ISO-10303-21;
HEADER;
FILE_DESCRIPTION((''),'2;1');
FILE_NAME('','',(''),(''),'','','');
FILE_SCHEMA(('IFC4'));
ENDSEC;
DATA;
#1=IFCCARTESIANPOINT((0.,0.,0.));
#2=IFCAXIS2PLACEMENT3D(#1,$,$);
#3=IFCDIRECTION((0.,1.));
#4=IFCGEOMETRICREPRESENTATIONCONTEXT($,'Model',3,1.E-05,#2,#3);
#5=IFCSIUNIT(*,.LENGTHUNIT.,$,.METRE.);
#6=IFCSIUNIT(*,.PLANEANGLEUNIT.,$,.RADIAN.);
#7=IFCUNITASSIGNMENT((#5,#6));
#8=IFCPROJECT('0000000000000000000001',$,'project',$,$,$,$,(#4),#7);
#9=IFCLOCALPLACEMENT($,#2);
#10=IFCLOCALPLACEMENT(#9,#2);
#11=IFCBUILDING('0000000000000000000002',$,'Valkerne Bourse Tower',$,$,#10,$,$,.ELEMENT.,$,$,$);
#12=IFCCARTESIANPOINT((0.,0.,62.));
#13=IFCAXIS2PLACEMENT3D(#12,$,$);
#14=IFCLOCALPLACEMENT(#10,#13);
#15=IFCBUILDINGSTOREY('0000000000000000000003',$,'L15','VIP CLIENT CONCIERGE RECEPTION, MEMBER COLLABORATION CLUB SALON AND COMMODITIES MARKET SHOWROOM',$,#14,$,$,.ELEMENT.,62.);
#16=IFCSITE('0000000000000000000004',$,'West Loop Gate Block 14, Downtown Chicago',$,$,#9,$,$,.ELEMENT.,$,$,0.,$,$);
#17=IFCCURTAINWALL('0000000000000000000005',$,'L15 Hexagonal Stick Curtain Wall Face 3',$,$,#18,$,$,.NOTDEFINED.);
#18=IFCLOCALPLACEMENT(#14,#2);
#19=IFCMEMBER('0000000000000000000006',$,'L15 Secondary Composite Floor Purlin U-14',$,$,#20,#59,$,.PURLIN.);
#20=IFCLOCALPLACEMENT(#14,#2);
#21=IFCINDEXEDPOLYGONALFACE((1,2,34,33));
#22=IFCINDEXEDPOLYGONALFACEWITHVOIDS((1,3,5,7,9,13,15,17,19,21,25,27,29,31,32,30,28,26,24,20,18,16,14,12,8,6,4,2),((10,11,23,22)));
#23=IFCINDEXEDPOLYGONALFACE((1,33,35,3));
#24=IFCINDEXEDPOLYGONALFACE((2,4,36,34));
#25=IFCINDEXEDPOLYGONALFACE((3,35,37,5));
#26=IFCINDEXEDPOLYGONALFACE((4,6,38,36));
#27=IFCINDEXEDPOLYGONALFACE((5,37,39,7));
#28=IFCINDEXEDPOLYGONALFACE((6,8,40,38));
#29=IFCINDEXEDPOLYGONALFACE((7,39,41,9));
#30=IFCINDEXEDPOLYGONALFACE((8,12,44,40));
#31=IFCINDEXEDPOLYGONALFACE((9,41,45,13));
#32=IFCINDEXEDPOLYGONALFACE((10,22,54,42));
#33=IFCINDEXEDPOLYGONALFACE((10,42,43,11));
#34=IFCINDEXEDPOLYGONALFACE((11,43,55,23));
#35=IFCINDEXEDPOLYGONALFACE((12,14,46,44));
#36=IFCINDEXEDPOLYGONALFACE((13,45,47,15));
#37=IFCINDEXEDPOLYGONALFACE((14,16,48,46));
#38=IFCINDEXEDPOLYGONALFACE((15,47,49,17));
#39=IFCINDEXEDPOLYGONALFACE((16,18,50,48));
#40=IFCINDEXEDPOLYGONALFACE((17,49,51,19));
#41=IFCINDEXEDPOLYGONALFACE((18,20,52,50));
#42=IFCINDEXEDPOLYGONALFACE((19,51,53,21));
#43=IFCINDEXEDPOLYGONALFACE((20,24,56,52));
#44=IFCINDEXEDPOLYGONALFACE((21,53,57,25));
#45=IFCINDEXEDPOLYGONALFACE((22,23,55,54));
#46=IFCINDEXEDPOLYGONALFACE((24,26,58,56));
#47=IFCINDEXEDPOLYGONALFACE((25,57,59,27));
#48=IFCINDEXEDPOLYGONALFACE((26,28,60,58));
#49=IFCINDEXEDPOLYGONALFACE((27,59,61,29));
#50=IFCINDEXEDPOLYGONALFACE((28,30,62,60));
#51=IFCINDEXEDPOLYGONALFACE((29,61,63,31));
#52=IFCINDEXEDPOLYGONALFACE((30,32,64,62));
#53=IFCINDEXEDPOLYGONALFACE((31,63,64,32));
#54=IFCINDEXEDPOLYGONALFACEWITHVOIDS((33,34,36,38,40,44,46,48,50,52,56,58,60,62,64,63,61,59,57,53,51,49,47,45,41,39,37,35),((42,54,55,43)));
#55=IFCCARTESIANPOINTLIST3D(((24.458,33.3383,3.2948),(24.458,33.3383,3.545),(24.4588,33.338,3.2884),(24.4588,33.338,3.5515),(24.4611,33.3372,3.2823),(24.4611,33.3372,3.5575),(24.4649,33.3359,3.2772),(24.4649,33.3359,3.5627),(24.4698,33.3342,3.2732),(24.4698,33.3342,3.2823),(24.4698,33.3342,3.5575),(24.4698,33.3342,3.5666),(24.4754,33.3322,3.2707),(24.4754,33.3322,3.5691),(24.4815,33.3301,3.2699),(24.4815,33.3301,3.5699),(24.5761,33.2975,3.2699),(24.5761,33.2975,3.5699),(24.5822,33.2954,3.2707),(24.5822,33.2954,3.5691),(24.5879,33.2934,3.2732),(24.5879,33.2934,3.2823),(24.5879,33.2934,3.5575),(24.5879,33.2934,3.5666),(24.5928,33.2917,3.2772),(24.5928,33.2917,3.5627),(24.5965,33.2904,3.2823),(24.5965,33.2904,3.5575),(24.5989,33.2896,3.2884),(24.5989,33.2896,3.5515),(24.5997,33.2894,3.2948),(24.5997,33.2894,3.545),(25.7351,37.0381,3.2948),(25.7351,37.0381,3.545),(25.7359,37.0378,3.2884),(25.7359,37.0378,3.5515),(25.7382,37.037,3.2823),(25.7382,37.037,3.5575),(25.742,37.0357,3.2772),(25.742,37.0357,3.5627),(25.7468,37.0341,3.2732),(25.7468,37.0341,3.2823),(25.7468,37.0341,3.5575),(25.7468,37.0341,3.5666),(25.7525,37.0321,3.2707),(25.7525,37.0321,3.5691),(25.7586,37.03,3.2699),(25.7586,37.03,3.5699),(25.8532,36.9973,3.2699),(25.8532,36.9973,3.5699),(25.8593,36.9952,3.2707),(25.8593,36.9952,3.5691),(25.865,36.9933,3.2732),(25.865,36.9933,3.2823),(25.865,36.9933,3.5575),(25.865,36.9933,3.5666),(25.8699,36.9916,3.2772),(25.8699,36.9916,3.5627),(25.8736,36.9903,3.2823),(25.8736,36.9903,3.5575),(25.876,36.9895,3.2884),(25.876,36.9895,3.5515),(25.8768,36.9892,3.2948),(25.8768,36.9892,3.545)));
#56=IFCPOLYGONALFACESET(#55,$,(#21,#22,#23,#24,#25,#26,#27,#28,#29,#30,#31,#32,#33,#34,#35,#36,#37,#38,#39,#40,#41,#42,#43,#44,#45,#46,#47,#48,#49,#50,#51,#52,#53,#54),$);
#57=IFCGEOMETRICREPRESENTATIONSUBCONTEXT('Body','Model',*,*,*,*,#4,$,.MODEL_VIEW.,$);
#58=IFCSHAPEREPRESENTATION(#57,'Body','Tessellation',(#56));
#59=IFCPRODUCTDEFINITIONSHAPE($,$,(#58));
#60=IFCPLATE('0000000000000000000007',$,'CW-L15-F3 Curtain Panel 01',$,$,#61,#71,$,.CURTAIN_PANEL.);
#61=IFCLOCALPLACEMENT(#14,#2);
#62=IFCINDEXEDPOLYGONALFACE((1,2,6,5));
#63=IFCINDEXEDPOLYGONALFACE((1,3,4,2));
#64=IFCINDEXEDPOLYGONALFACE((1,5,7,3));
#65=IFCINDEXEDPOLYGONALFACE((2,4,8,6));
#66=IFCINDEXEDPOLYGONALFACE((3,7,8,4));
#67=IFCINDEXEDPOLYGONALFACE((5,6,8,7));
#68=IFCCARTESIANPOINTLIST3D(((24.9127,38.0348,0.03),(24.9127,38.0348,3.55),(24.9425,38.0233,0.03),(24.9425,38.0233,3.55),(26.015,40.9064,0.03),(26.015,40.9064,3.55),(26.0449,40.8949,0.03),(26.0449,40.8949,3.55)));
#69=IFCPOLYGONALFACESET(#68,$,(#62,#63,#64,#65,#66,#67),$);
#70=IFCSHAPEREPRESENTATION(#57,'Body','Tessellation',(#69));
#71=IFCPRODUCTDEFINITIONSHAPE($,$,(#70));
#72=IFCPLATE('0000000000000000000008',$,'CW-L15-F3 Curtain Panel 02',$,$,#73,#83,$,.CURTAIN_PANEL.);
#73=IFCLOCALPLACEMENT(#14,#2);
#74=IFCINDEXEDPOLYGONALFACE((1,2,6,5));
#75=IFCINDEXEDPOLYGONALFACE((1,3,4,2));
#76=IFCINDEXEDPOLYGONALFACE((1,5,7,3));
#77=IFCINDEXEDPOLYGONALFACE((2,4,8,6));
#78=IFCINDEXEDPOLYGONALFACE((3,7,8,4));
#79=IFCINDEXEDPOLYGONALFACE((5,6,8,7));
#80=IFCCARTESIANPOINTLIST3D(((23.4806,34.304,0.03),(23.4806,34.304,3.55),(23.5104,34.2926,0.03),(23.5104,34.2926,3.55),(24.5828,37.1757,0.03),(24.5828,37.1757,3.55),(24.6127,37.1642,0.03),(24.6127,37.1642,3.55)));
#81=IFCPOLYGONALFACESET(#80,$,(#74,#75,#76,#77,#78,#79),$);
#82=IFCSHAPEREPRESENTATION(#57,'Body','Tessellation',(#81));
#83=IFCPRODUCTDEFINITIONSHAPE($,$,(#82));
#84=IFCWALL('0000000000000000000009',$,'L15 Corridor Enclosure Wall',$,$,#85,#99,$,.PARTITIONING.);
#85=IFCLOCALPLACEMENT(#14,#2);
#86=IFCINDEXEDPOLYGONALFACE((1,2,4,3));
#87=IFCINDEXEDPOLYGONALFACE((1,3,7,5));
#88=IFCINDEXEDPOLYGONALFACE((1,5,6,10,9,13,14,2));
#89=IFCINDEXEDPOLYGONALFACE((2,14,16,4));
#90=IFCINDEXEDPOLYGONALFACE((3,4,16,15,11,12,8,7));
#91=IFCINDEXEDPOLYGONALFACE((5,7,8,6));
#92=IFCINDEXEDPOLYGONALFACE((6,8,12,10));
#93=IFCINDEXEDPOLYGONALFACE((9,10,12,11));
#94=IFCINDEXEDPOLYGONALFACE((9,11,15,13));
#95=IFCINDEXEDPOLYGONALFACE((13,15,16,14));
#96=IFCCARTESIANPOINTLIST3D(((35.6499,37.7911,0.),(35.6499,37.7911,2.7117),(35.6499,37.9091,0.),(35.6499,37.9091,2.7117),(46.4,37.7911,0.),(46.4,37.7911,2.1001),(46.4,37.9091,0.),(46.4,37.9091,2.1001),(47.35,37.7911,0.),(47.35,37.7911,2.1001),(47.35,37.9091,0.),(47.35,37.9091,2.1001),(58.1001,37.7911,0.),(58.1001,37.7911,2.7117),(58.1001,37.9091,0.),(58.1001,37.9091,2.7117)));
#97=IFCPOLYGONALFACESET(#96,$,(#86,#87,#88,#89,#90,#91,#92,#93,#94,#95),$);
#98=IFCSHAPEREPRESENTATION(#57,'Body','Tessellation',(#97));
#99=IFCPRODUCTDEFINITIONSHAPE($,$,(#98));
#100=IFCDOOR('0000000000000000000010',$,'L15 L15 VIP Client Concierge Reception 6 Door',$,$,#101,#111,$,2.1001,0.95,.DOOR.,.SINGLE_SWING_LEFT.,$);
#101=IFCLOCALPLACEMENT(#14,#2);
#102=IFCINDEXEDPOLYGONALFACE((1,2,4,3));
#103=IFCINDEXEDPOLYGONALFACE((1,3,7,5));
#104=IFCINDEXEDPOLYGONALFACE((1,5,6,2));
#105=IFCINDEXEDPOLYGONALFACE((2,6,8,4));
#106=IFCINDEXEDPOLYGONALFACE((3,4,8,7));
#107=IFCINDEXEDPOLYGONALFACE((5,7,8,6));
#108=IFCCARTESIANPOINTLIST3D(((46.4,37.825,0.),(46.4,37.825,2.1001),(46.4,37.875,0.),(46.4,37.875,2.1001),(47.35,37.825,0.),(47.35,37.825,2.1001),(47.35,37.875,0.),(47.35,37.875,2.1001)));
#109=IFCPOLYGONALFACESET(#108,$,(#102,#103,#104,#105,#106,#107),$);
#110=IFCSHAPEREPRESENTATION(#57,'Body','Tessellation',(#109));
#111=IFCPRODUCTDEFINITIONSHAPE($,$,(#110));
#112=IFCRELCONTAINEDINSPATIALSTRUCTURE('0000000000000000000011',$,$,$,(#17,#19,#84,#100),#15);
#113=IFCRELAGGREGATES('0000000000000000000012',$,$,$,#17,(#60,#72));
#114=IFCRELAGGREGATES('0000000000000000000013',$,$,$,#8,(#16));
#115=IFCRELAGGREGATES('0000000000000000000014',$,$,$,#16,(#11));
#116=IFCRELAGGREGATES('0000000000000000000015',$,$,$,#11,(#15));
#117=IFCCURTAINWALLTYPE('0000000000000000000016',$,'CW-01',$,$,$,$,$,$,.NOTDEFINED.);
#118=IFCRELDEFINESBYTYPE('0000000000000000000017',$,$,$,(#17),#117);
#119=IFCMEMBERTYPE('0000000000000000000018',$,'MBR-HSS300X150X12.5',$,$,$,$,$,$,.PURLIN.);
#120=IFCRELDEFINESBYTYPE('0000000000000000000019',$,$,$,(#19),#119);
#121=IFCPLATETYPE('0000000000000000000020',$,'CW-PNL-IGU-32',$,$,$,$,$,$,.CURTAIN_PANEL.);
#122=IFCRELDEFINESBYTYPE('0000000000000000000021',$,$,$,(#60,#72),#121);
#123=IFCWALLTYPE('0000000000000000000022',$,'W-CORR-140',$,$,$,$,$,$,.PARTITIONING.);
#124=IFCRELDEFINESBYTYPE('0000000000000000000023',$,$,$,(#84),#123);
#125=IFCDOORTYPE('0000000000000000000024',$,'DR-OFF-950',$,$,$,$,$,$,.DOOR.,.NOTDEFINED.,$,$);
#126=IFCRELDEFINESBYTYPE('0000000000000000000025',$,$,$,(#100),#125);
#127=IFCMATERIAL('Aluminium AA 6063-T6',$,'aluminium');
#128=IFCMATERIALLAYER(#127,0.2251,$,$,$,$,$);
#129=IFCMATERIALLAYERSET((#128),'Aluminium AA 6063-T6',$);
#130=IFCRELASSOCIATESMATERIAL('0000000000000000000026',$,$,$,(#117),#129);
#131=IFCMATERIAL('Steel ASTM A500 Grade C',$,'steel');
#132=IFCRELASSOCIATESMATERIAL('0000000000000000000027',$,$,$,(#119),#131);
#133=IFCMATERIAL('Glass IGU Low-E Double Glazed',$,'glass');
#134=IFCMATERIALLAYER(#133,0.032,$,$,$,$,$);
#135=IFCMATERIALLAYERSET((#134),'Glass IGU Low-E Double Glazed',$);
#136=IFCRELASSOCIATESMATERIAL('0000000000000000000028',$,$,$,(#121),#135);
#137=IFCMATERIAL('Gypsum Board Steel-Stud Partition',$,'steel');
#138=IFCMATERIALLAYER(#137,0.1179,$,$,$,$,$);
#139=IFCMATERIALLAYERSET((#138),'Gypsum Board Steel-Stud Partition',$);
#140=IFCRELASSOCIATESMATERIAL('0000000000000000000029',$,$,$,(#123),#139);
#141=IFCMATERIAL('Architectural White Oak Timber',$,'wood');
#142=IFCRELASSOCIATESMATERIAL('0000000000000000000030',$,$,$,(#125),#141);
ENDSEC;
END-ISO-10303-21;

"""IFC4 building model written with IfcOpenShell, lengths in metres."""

from ifc_helpers import new_model, si_unit, direction, frame, frame_2d, origin, origin_2d, place, context, subcontext, project, spatial, rectangle, hollow_rectangle, extrude, material, layer, layer_set, material_profile, profile_set, type_object, element, fill, aggregate, save


model = new_model("IFC4")

# Units and contexts
model_context = context("Model", 3, precision=1e-05, world=origin(), true_north=direction((0.0, 1.0)))
body_context = subcontext(model_context, "Body", "Model", "MODEL_VIEW")
ifc_project = project(units=[si_unit("LENGTHUNIT", "METRE"), si_unit("PLANEANGLEUNIT", "RADIAN")], contexts=[model_context])

# Site, building, storey
site_placement = place(None, origin())
site = spatial("IfcSite", under=ifc_project, at=site_placement, Name="West Loop Gate Block 14, Downtown Chicago", CompositionType="ELEMENT", RefElevation=0.0)
building_placement = place(site_placement, origin())
building = spatial("IfcBuilding", under=site, at=building_placement, Name="Valkerne Bourse Tower", CompositionType="ELEMENT")
storey_placement = place(building_placement, frame((0.0, 0.0, 62.0)))
storey = spatial("IfcBuildingStorey", under=building, at=storey_placement, Name="L15", Description="VIP CLIENT CONCIERGE RECEPTION, MEMBER COLLABORATION CLUB SALON AND COMMODITIES MARKET SHOWROOM", CompositionType="ELEMENT", Elevation=62.0)

# Curtain wall
ifc_material_1 = material(Name="Aluminium AA 6063-T6", Category="aluminium")
ifc_layer_1 = layer(ifc_material_1, 0.2251)
ifc_layer_set_1 = layer_set([ifc_layer_1], Name="Aluminium AA 6063-T6")
curtain_wall_type = type_object("IfcCurtainWallType", Name="CW-01", PredefinedType="NOTDEFINED", material=ifc_layer_set_1)
curtain_wall_placement = place(storey_placement, origin())
curtain_wall = element("IfcCurtainWall", 1, at=curtain_wall_placement, inside=storey, type_object=curtain_wall_type, Name="L15 Hexagonal Stick Curtain Wall Face 3", PredefinedType="NOTDEFINED")

# Member
ifc_material_2 = material(Name="Steel ASTM A500 Grade C", Category="steel")
ifc_material_profile_1 = material_profile(ifc_material_2, hollow_rectangle(XDim=0.1499, YDim=0.3, WallThickness=0.0125, OuterFilletRadius=0.0249, at=origin_2d()), Name="HSS300X150X12.5")
ifc_profile_set_1 = profile_set([ifc_material_profile_1], Name="Steel ASTM A500 Grade C")
member_type_1 = type_object("IfcMemberType", Name="MBR-HSS300X150X12.5", PredefinedType="PURLIN", material=ifc_profile_set_1)
member_1_placement = place(storey_placement, frame((25.8059, 37.0137, 3.4199), z_axis=(-0.326277, -0.945274, 0.0), x_axis=(0.945274, -0.326277, 0.0)))
element("IfcMember", 2, at=member_1_placement, inside=storey, type_object=member_type_1, Name="L15 Secondary Composite Floor Purlin U-14", PredefinedType="PURLIN", context=body_context, shape_type="SweptSolid", body=[
    extrude(hollow_rectangle(XDim=0.1499, YDim=0.3, WallThickness=0.0125, OuterFilletRadius=0.0249, at=origin_2d()), origin(), (0.0, 0.0, 1.0), 3.9141),
])

# Plates
ifc_material_3 = material(Name="Glass IGU Low-E Double Glazed", Category="glass")
ifc_layer_2 = layer(ifc_material_3, 0.032)
ifc_layer_set_2 = layer_set([ifc_layer_2], Name="Glass IGU Low-E Double Glazed")
plate_type = type_object("IfcPlateType", Name="CW-PNL-IGU-32", PredefinedType="CURTAIN_PANEL", material=ifc_layer_set_2)
plate_1_placement = place(storey_placement, frame((25.4788, 39.4648, 0.03), z_axis=(0.0, 0.0, 1.0), x_axis=(-0.35838, -0.933576, 0.0)))
plate_1 = element("IfcPlate", 3, at=plate_1_placement, type_object=plate_type, Name="CW-L15-F3 Curtain Panel 01", PredefinedType="CURTAIN_PANEL", context=body_context, shape_type="SweptSolid", body=[
    extrude(rectangle(XDim=3.0759, YDim=0.032, at=origin_2d()), origin(), (0.0, 0.0, 1.0), 3.52),
])
plate_2_placement = place(storey_placement, frame((24.0466, 35.7341, 0.03), z_axis=(0.0, 0.0, 1.0), x_axis=(-0.358359, -0.933584, 0.0)))
plate_2 = element("IfcPlate", 4, at=plate_2_placement, type_object=plate_type, Name="CW-L15-F3 Curtain Panel 02", PredefinedType="CURTAIN_PANEL", context=body_context, shape_type="SweptSolid", body=[
    extrude(rectangle(XDim=3.0759, YDim=0.032, at=origin_2d()), origin(), (0.0, 0.0, 1.0), 3.52),
])
aggregate(curtain_wall, [plate_1, plate_2])

# Wall, opening, door
ifc_material_4 = material(Name="Gypsum Board Steel-Stud Partition", Category="steel")
ifc_layer_3 = layer(ifc_material_4, 0.1179)
ifc_layer_set_3 = layer_set([ifc_layer_3], Name="Gypsum Board Steel-Stud Partition")
wall_type = type_object("IfcWallType", Name="W-CORR-140", PredefinedType="PARTITIONING", material=ifc_layer_set_3)
wall_placement = place(storey_placement, frame((35.6499, 37.8501, 0.0), z_axis=(0.0, 0.0, 1.0), x_axis=(1.0, 0.0, 0.0)))
wall = element("IfcWall", 5, at=wall_placement, inside=storey, type_object=wall_type, Name="L15 Corridor Enclosure Wall", PredefinedType="PARTITIONING", context=body_context, shape_type="SweptSolid", body=[
    extrude(rectangle(XDim=22.4502, YDim=0.1179, at=frame_2d((11.2251, 0.0))), origin(), (0.0, 0.0, 1.0), 2.7117),
])
opening_placement = place(wall_placement, frame((10.75, 0.0, 0.0)))
opening = element("IfcOpeningElement", 6, at=opening_placement, cuts=wall, PredefinedType="OPENING", context=body_context, shape_type="SweptSolid", body=[
    extrude(rectangle(XDim=0.95, YDim=2.1001, at=frame_2d((0.4751, 1.05))), frame((0.0, 0.0688, 0.0), z_axis=(0.0, -1.0, 0.0), x_axis=(1.0, 0.0, 0.0)), (0.0, 0.0, 1.0), 0.1379),
])
ifc_material_5 = material(Name="Architectural White Oak Timber", Category="wood")
door_type = type_object("IfcDoorType", Name="DR-OFF-950", OperationType="NOTDEFINED", PredefinedType="DOOR", material=ifc_material_5)
door_placement = place(opening_placement, origin())
door = element("IfcDoor", 7, at=door_placement, inside=storey, type_object=door_type, Name="L15 L15 VIP Client Concierge Reception 6 Door", OperationType="SINGLE_SWING_LEFT", OverallHeight=2.1001, OverallWidth=0.95, PredefinedType="DOOR", context=body_context, shape_type="SweptSolid", body=[
    extrude(rectangle(XDim=0.95, YDim=2.1001, at=frame_2d((0.4751, 1.05))), frame((0.0, 0.0249, 0.0), z_axis=(0.0, -1.0, 0.0), x_axis=(1.0, 0.0, 0.0)), (0.0, 0.0, 1.0), 0.05),
])
fill(opening, door)

save(model, "model.ifc")
